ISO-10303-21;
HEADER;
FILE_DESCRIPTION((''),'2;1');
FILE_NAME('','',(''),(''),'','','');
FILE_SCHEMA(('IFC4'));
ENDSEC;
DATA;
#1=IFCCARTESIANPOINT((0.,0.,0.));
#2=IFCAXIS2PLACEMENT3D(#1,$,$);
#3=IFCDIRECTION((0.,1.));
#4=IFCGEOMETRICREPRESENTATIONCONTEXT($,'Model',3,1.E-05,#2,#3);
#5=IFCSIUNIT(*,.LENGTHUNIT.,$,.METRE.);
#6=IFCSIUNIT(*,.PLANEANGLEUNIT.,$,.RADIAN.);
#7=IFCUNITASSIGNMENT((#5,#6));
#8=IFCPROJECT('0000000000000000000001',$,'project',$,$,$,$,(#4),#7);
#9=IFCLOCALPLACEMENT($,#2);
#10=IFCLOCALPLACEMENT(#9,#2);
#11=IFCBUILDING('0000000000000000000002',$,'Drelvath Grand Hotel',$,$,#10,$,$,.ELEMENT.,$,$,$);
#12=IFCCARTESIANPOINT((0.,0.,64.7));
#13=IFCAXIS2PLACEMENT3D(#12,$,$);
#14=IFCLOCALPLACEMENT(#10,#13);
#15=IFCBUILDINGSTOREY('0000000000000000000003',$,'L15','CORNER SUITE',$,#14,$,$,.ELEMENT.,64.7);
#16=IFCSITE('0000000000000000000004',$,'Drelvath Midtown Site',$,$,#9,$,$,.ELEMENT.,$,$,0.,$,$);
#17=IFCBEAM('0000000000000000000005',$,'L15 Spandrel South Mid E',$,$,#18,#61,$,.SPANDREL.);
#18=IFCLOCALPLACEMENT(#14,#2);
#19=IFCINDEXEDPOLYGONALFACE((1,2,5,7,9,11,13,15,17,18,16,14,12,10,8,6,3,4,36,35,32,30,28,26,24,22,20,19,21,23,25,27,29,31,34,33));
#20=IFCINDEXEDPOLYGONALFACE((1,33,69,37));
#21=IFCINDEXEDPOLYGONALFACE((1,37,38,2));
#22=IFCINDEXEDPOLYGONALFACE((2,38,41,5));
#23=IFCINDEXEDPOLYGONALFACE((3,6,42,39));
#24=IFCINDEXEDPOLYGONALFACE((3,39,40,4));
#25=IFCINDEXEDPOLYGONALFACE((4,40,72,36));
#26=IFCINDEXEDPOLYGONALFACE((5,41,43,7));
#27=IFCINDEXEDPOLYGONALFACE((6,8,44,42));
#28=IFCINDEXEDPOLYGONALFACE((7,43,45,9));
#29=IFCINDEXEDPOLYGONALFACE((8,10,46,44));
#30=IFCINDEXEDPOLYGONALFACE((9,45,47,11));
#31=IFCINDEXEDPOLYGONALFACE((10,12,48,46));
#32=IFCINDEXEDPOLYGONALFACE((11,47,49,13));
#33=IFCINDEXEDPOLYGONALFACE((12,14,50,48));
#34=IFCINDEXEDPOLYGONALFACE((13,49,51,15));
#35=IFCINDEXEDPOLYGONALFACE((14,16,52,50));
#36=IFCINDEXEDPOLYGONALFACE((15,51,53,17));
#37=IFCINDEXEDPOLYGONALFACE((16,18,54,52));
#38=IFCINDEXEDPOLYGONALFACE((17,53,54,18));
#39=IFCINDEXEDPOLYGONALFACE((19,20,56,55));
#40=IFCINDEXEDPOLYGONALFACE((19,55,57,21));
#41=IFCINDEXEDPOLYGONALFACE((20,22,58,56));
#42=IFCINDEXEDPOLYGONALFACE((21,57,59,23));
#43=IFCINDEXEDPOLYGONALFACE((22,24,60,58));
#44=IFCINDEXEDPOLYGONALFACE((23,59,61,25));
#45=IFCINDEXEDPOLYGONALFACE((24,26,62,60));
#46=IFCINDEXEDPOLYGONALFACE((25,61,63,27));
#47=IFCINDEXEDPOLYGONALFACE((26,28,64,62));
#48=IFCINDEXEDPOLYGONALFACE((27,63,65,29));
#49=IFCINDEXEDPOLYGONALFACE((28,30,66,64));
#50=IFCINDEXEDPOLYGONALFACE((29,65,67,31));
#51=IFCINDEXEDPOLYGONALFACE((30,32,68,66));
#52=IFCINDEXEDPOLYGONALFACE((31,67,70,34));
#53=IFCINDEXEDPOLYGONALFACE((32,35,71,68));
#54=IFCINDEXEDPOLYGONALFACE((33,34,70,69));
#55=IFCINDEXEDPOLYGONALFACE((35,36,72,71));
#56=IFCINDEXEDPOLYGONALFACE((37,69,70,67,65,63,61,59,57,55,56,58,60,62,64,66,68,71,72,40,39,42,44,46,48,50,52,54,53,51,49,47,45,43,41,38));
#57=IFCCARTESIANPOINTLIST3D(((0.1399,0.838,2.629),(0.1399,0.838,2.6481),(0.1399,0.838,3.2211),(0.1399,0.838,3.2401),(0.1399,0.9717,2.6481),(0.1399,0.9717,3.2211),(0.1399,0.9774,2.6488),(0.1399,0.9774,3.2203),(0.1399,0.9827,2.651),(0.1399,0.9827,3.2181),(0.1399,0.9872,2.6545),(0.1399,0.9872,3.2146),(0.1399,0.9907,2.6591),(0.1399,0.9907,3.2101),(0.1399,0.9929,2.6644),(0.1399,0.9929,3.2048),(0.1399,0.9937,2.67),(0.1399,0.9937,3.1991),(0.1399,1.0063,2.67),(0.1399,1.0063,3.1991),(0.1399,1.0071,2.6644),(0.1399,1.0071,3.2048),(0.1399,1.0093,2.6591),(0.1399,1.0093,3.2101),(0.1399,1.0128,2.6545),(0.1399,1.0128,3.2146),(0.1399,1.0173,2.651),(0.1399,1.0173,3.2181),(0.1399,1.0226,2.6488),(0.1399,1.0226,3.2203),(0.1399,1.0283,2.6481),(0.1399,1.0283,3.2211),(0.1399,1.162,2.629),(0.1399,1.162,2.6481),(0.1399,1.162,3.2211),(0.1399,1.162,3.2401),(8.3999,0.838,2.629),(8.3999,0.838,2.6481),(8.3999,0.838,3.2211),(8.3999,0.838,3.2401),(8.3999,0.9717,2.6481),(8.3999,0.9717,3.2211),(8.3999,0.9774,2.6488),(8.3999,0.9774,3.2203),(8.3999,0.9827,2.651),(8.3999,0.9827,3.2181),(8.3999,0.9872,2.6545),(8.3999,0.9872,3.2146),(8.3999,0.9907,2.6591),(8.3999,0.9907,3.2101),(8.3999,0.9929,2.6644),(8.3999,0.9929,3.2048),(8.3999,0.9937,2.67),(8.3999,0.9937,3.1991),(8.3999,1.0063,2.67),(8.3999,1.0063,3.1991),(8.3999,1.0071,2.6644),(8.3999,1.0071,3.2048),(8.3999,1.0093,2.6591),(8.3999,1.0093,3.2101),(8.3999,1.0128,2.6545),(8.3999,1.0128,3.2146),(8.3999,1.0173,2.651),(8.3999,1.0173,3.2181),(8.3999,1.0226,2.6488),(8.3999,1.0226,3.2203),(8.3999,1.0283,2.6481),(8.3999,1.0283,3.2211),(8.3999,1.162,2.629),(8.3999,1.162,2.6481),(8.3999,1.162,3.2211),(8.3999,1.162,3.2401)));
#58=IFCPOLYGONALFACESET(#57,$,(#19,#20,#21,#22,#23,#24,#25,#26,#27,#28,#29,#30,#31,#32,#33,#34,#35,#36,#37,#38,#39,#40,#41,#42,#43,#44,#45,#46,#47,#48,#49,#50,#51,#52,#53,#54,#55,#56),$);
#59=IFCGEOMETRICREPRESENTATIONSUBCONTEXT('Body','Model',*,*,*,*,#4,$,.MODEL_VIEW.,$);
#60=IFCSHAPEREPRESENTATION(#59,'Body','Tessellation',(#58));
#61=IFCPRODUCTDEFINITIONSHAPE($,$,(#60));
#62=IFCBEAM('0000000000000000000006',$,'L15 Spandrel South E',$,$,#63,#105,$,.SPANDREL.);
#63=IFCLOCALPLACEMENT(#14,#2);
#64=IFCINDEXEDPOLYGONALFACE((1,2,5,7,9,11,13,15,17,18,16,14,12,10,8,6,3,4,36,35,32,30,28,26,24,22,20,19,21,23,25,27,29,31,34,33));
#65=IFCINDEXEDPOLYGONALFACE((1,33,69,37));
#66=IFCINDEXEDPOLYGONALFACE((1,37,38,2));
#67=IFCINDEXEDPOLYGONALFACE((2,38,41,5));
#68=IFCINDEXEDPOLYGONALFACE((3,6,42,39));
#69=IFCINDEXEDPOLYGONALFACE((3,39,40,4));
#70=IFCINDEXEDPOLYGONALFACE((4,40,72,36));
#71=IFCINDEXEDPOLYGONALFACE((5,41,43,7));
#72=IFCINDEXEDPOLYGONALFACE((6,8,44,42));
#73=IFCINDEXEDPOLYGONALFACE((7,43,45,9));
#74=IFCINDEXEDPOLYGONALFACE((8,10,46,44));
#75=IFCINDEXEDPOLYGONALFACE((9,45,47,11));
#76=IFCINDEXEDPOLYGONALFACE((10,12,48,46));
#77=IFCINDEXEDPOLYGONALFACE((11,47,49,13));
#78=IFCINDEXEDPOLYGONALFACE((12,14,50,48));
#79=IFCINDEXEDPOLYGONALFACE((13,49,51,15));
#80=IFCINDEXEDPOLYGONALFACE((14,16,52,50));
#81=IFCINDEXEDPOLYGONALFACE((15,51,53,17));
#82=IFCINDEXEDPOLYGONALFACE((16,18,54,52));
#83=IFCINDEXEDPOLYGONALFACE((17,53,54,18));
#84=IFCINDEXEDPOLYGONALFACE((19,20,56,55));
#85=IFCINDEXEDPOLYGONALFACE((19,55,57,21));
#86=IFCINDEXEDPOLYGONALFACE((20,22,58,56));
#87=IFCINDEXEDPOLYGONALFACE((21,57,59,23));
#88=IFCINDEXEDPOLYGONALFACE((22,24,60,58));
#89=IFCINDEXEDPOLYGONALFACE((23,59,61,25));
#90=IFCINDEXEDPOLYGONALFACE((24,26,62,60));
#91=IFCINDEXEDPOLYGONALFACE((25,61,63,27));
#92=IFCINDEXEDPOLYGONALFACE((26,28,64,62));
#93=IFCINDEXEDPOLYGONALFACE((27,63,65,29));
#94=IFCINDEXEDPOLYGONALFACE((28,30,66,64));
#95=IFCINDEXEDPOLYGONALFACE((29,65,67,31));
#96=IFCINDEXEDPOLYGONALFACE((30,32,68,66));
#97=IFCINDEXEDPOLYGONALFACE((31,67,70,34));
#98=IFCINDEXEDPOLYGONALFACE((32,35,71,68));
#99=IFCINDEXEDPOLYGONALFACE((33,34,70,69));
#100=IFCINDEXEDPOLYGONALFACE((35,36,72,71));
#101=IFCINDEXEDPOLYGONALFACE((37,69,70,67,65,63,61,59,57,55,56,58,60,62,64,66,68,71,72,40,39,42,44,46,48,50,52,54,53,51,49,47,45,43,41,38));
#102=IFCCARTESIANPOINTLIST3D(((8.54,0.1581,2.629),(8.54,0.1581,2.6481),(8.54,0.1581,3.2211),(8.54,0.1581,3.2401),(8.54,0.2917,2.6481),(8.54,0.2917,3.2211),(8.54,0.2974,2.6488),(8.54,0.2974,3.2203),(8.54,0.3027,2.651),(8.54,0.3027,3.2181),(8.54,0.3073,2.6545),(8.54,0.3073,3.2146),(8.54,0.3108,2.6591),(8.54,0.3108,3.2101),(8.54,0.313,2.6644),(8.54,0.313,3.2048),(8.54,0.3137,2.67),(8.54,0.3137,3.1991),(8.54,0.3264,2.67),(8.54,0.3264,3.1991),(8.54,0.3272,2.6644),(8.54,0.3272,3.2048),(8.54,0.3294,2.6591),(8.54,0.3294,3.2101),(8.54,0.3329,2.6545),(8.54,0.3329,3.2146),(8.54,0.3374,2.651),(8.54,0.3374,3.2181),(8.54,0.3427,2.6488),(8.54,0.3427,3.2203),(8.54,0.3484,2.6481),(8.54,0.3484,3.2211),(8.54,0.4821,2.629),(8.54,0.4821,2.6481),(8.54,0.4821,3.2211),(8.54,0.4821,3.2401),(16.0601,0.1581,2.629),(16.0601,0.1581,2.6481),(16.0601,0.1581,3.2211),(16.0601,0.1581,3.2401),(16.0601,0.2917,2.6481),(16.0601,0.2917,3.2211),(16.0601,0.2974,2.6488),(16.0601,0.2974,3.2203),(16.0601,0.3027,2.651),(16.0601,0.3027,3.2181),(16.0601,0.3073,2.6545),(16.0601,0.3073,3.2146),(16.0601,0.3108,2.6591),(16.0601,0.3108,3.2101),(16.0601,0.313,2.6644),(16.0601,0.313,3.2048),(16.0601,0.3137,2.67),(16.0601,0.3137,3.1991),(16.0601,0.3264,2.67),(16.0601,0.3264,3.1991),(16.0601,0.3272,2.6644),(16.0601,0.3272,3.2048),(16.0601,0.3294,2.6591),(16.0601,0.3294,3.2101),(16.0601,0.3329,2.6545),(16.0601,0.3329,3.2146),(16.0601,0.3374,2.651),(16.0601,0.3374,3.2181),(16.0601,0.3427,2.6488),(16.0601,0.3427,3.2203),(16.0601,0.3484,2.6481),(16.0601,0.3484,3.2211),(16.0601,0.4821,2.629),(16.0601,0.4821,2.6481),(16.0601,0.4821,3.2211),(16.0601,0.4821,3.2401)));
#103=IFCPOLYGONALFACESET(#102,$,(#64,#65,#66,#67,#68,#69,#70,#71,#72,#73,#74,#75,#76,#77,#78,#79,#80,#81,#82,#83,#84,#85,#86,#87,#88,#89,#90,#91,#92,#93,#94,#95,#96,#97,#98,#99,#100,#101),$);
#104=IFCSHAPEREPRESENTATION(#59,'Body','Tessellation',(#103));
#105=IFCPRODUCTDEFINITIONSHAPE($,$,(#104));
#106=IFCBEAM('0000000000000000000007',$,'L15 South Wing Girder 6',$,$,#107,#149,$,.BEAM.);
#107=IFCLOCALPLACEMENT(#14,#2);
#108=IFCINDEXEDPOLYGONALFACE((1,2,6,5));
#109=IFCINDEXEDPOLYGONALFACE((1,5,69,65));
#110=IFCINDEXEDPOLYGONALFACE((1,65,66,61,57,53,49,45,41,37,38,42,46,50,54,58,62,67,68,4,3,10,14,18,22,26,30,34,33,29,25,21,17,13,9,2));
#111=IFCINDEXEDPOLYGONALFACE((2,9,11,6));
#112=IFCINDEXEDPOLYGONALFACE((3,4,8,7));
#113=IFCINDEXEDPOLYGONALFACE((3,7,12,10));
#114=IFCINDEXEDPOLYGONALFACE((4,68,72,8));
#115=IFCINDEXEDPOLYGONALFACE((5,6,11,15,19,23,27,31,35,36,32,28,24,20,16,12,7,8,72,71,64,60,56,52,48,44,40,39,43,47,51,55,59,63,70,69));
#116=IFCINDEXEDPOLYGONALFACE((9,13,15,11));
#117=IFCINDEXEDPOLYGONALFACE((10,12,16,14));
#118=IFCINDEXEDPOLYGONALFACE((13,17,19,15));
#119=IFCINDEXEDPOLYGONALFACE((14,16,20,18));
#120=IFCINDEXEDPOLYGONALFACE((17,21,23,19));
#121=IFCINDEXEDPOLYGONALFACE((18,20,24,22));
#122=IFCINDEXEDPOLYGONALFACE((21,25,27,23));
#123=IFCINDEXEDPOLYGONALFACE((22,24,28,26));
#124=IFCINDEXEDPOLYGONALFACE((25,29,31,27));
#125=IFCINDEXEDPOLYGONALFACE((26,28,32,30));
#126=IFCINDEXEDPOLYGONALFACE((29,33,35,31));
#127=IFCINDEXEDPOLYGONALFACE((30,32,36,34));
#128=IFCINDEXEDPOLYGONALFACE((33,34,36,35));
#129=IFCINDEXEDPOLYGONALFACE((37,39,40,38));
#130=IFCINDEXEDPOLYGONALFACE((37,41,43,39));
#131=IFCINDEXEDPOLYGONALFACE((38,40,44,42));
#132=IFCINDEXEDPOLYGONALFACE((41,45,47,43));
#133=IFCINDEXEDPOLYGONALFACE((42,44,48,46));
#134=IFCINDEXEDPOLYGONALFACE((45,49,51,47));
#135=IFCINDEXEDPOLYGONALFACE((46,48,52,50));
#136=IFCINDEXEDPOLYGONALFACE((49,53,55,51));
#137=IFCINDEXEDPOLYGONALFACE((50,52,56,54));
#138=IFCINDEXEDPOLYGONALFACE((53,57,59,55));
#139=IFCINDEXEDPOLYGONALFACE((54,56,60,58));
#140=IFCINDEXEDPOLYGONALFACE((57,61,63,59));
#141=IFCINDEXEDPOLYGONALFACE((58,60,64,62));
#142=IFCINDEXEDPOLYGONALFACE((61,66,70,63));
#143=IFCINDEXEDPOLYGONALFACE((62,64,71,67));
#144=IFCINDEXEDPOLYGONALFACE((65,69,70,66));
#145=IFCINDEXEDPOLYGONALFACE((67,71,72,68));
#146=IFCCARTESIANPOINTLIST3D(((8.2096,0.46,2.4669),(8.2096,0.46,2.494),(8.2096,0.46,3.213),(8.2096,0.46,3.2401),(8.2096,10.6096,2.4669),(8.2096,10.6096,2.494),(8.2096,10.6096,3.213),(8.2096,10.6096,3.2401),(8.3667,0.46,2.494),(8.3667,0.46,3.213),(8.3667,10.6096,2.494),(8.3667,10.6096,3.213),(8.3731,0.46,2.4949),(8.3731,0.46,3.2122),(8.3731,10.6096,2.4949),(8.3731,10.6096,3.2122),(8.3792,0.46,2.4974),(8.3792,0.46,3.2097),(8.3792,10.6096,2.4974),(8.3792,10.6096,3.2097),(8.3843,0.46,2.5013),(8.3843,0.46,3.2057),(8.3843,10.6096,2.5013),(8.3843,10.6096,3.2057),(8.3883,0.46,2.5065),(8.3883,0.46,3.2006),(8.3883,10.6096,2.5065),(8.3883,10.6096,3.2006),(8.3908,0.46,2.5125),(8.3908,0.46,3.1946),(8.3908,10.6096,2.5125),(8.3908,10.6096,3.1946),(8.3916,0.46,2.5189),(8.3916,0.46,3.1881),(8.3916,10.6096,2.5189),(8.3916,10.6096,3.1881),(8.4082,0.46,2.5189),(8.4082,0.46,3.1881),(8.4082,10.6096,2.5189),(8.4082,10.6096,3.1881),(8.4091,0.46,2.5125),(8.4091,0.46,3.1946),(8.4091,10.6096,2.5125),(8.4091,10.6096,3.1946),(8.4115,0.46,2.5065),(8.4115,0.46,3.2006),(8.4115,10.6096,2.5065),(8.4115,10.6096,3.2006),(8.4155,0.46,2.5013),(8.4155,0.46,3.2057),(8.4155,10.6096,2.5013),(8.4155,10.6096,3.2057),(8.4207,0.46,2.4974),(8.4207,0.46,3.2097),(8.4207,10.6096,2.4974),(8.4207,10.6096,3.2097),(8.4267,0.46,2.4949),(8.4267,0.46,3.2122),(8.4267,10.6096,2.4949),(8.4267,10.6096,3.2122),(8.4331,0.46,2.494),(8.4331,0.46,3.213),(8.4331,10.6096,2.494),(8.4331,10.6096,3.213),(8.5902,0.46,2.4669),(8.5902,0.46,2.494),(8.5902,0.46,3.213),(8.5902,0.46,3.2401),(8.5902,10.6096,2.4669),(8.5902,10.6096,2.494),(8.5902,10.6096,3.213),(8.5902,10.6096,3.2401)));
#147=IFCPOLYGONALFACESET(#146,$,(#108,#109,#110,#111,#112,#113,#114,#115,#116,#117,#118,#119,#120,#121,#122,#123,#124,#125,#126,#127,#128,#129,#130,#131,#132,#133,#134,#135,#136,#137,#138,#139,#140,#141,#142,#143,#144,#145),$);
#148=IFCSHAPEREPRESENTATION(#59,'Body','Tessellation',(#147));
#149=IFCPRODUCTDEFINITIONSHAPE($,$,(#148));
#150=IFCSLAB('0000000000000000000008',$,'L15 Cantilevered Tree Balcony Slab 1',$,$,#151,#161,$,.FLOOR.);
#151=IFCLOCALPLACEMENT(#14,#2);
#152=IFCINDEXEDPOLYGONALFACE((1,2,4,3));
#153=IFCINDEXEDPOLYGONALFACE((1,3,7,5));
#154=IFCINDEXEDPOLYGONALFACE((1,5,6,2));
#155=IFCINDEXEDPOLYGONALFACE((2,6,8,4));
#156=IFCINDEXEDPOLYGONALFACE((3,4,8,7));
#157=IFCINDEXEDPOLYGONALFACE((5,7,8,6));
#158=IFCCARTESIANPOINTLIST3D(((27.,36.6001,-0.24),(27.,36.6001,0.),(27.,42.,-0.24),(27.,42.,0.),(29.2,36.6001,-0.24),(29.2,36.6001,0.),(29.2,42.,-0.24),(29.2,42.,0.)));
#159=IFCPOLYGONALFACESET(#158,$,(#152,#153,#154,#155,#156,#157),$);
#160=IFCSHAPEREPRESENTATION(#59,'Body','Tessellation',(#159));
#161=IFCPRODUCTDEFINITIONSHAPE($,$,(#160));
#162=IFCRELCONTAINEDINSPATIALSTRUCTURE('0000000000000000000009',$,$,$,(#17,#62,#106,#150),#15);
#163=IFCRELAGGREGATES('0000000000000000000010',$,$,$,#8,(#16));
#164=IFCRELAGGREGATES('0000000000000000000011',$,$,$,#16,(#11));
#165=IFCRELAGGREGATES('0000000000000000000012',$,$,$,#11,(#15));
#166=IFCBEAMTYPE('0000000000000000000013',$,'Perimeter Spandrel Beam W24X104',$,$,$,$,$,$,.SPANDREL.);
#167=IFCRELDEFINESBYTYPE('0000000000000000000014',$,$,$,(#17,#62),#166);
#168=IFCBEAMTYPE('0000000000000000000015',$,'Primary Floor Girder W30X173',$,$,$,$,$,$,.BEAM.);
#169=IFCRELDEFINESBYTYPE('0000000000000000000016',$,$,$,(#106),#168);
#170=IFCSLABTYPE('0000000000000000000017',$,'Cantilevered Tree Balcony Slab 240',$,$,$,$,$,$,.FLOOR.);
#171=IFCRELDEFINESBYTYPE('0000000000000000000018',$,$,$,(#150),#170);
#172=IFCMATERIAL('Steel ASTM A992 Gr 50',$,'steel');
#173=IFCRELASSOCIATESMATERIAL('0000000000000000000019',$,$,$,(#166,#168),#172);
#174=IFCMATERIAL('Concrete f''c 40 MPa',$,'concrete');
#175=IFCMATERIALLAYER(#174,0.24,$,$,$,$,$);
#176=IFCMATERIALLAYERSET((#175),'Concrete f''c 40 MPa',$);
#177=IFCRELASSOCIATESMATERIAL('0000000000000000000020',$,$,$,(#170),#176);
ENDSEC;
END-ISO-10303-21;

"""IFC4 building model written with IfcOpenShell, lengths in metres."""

from ifc_helpers import new_model, si_unit, direction, frame, origin, origin_2d, place, context, subcontext, project, spatial, polyline, i_section, outline, extrude, material, layer, layer_set, material_profile, profile_set, type_object, element, save


model = new_model("IFC4")

# Units and contexts
model_context = context("Model", 3, precision=1e-05, world=origin(), true_north=direction((0.0, 1.0)))
body_context = subcontext(model_context, "Body", "Model", "MODEL_VIEW")
ifc_project = project(units=[si_unit("LENGTHUNIT", "METRE"), si_unit("PLANEANGLEUNIT", "RADIAN")], contexts=[model_context])

# Site, building, storey
site_placement = place(None, origin())
site = spatial("IfcSite", under=ifc_project, at=site_placement, Name="Drelvath Midtown Site", CompositionType="ELEMENT", RefElevation=0.0)
building_placement = place(site_placement, origin())
building = spatial("IfcBuilding", under=site, at=building_placement, Name="Drelvath Grand Hotel", CompositionType="ELEMENT")
storey_placement = place(building_placement, frame((0.0, 0.0, 64.7)))
storey = spatial("IfcBuildingStorey", under=building, at=storey_placement, Name="L15", Description="CORNER SUITE", CompositionType="ELEMENT", Elevation=64.7)

# Beams
ifc_material_1 = material(Name="Steel ASTM A992 Gr 50", Category="steel")
ifc_material_profile_1 = material_profile(ifc_material_1, i_section(OverallWidth=0.324, OverallDepth=0.6111, WebThickness=0.0127, FlangeThickness=0.019, FilletRadius=0.022, at=origin_2d()), Name="W24X104")
ifc_profile_set_1 = profile_set([ifc_material_profile_1], Name="Steel ASTM A992 Gr 50")
beam_type_1 = type_object("IfcBeamType", Name="Perimeter Spandrel Beam W24X104", PredefinedType="SPANDREL", material=ifc_profile_set_1)
beam_1_placement = place(storey_placement, frame((0.1399, 1.0, 2.9346), z_axis=(1.0, 0.0, 0.0), x_axis=(0.0, 1.0, 0.0)))
element("IfcBeam", 1, at=beam_1_placement, inside=storey, type_object=beam_type_1, Name="L15 Spandrel South Mid E", PredefinedType="SPANDREL", context=body_context, shape_type="SweptSolid", body=[
    extrude(i_section(OverallWidth=0.324, OverallDepth=0.6111, WebThickness=0.0127, FlangeThickness=0.019, FilletRadius=0.022, at=origin_2d()), origin(), (0.0, 0.0, 1.0), 8.26),
])
beam_2_placement = place(storey_placement, frame((8.54, 0.3201, 2.9346), z_axis=(1.0, 0.0, 0.0), x_axis=(0.0, 1.0, 0.0)))
element("IfcBeam", 2, at=beam_2_placement, inside=storey, type_object=beam_type_1, Name="L15 Spandrel South E", PredefinedType="SPANDREL", context=body_context, shape_type="SweptSolid", body=[
    extrude(i_section(OverallWidth=0.324, OverallDepth=0.6111, WebThickness=0.0127, FlangeThickness=0.019, FilletRadius=0.022, at=origin_2d()), origin(), (0.0, 0.0, 1.0), 7.52),
])
ifc_material_profile_2 = material_profile(ifc_material_1, i_section(OverallWidth=0.3806, OverallDepth=0.7732, WebThickness=0.0166, FlangeThickness=0.0271, FilletRadius=0.0249, at=origin_2d()), Name="W30X173")
ifc_profile_set_2 = profile_set([ifc_material_profile_2], Name="Steel ASTM A992 Gr 50")
beam_type_2 = type_object("IfcBeamType", Name="Primary Floor Girder W30X173", PredefinedType="BEAM", material=ifc_profile_set_2)
beam_3_placement = place(storey_placement, frame((8.3999, 0.46, 2.8535), z_axis=(0.0, 1.0, 0.0), x_axis=(-1.0, 0.0, 0.0)))
element("IfcBeam", 3, at=beam_3_placement, inside=storey, type_object=beam_type_2, Name="L15 South Wing Girder 6", PredefinedType="BEAM", context=body_context, shape_type="SweptSolid", body=[
    extrude(i_section(OverallWidth=0.3806, OverallDepth=0.7732, WebThickness=0.0166, FlangeThickness=0.0271, FilletRadius=0.0249, at=origin_2d()), origin(), (0.0, 0.0, 1.0), 10.1497),
])

# Slab
ifc_material_2 = material(Name="Concrete f'c 40 MPa", Category="concrete")
ifc_layer_1 = layer(ifc_material_2, 0.24)
ifc_layer_set_1 = layer_set([ifc_layer_1], Name="Concrete f'c 40 MPa")
slab_type_1 = type_object("IfcSlabType", Name="Cantilevered Tree Balcony Slab 240", PredefinedType="FLOOR", material=ifc_layer_set_1)
slab_1_placement = place(storey_placement, frame((0.0, 0.0, -0.24)))
element("IfcSlab", 4, at=slab_1_placement, inside=storey, type_object=slab_type_1, Name="L15 Cantilevered Tree Balcony Slab 1", PredefinedType="FLOOR", context=body_context, shape_type="SweptSolid", body=[
    extrude(outline(polyline([(27.0, 36.6001), (29.2, 36.6001), (29.2, 42.0), (27.0, 42.0), (27.0, 36.6001)])), origin(), (0.0, 0.0, 1.0), 0.24),
])

save(model, "model.ifc")
